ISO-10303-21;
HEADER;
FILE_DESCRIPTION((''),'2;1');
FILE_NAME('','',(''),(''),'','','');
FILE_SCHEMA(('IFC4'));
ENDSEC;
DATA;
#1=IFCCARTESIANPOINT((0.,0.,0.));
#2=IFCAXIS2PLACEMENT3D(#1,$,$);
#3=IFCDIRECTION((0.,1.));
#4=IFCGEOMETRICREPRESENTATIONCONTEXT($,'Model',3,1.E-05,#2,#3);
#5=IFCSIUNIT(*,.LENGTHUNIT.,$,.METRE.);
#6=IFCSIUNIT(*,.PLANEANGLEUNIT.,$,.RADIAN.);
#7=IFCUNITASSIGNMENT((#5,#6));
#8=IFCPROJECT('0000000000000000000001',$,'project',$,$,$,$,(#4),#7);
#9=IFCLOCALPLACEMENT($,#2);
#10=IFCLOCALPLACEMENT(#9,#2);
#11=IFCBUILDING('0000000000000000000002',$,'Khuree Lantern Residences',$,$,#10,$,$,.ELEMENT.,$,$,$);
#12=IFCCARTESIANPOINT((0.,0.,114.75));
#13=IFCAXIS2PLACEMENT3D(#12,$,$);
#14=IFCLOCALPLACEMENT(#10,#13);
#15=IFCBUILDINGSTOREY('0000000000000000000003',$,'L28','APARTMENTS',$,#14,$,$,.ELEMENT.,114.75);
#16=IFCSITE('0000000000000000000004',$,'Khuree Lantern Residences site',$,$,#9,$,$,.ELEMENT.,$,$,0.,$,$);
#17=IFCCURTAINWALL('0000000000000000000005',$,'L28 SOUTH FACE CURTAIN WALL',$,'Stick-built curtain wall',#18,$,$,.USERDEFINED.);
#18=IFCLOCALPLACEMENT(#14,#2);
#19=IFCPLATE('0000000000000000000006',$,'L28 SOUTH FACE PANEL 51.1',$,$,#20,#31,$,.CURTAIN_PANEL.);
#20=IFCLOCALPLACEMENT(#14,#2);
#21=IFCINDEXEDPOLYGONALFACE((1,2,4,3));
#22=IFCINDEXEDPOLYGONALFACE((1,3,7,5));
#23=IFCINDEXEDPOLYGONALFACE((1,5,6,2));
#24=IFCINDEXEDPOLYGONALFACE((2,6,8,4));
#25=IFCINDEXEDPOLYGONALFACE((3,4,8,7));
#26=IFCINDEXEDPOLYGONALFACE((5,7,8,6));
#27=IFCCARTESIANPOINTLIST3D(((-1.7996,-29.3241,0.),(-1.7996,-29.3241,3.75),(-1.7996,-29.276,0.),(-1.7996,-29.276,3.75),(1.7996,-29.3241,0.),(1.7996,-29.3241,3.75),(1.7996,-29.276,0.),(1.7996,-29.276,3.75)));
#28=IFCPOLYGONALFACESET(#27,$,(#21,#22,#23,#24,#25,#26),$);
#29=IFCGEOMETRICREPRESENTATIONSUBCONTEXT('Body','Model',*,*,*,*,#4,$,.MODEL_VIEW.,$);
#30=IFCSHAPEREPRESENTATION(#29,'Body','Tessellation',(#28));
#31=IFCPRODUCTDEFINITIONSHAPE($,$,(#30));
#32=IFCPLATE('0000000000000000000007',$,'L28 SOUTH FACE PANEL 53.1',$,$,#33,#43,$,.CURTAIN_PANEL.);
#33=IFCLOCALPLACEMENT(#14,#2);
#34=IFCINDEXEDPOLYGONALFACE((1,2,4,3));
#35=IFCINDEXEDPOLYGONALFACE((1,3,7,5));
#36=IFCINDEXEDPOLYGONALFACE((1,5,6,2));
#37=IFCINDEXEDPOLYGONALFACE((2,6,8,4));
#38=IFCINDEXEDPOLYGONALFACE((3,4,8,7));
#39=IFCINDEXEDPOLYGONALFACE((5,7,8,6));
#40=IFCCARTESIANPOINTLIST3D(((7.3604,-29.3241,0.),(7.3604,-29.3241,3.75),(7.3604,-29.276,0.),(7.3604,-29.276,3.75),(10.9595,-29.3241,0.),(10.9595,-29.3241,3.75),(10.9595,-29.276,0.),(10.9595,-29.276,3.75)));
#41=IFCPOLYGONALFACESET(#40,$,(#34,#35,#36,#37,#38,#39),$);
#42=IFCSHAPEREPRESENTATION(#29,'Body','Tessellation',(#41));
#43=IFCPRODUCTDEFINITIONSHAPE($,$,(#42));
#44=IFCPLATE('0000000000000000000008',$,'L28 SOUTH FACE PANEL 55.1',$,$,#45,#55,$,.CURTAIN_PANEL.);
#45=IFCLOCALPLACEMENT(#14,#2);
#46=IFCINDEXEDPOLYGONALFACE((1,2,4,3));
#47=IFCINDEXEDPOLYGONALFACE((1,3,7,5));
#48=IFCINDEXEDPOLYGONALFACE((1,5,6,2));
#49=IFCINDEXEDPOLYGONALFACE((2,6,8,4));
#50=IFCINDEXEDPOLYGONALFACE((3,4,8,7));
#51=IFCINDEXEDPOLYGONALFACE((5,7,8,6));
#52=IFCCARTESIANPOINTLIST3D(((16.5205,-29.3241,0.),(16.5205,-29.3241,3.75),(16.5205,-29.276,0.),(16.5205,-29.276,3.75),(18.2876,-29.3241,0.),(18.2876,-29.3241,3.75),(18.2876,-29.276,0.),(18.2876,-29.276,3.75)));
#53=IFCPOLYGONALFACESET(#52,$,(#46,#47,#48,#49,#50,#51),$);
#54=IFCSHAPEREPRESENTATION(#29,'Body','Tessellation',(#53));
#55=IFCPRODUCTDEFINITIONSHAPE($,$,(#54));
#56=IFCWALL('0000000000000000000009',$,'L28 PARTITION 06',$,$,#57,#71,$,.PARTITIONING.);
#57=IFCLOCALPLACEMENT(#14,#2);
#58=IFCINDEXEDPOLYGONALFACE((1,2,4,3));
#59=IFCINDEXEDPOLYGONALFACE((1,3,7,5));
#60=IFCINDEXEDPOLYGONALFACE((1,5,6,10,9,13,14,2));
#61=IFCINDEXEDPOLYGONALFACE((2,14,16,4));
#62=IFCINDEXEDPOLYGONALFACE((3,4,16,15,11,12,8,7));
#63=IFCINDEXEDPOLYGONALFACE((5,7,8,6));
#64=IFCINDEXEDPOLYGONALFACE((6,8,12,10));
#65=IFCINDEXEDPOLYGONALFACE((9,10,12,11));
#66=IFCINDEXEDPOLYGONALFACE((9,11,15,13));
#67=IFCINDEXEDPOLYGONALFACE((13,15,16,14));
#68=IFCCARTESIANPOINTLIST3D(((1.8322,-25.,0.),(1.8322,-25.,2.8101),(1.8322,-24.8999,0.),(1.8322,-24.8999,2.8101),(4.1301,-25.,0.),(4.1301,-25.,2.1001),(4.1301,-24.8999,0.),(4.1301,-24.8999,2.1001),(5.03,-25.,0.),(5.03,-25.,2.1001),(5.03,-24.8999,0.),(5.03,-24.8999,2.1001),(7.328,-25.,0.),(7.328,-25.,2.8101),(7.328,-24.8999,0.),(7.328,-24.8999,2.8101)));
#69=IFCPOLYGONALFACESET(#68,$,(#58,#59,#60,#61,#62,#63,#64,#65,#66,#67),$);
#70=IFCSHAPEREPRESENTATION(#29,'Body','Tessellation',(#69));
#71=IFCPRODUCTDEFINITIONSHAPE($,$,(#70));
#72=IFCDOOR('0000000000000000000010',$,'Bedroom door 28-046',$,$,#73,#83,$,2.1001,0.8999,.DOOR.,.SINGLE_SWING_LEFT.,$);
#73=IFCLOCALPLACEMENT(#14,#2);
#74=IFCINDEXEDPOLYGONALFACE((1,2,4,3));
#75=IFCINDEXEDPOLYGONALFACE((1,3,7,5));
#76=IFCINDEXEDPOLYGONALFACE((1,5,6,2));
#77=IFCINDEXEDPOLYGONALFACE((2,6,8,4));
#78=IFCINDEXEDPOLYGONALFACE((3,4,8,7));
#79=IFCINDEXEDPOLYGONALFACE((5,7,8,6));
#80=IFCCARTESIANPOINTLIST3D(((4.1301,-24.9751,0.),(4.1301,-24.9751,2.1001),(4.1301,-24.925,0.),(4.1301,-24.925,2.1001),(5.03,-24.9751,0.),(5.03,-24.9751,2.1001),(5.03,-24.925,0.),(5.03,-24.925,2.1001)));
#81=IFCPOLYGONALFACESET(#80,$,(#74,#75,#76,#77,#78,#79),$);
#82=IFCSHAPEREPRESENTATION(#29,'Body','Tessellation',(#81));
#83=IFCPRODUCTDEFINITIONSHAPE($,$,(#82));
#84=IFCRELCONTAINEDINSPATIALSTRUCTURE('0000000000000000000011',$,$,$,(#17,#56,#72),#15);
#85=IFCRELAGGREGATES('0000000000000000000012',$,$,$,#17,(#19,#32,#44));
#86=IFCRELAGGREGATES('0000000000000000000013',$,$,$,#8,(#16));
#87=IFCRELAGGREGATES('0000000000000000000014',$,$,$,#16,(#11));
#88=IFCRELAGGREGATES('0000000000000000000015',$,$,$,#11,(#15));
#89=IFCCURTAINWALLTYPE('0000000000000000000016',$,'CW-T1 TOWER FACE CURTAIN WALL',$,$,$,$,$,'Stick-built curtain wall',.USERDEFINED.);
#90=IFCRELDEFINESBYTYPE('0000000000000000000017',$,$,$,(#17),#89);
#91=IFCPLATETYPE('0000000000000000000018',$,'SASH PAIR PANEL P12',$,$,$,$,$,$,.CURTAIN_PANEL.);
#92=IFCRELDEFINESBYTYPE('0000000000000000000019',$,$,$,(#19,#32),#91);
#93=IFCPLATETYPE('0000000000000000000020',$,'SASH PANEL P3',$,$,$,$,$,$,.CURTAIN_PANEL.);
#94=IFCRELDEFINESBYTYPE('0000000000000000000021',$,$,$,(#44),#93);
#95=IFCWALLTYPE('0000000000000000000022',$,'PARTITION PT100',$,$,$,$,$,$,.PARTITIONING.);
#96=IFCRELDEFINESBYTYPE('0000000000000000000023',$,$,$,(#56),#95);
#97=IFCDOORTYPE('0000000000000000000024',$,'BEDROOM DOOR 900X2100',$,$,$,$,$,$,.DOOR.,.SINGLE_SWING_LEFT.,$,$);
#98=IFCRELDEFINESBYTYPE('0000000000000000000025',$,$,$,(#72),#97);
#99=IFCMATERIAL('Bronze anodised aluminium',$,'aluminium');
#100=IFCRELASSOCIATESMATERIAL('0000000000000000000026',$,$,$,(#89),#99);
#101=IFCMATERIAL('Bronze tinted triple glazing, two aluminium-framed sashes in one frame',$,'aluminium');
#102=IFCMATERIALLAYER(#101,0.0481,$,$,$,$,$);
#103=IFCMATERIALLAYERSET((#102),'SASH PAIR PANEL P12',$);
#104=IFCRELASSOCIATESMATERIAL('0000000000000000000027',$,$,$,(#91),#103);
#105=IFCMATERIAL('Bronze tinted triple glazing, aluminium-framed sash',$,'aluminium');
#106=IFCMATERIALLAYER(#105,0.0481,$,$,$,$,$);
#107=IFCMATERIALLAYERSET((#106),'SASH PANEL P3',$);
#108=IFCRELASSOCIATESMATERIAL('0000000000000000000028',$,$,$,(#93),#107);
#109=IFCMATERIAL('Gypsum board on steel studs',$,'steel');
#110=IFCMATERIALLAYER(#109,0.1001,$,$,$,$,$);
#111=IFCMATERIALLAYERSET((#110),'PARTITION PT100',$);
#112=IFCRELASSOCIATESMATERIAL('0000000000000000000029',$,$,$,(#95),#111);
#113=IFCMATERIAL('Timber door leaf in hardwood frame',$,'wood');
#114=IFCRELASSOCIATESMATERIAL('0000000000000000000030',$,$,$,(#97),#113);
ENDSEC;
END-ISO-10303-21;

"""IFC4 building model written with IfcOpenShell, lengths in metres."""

from ifc_helpers import new_model, si_unit, direction, frame, frame_2d, origin, origin_2d, place, context, subcontext, project, spatial, rectangle, extrude, material, layer, layer_set, type_object, element, fill, aggregate, save


model = new_model("IFC4")

# Units and contexts
model_context = context("Model", 3, precision=1e-05, world=origin(), true_north=direction((0.0, 1.0)))
body_context = subcontext(model_context, "Body", "Model", "MODEL_VIEW")
ifc_project = project(units=[si_unit("LENGTHUNIT", "METRE"), si_unit("PLANEANGLEUNIT", "RADIAN")], contexts=[model_context])

# Site, building, storey
site_placement = place(None, origin())
site = spatial("IfcSite", under=ifc_project, at=site_placement, Name="Khuree Lantern Residences site", CompositionType="ELEMENT", RefElevation=0.0)
building_placement = place(site_placement, origin())
building = spatial("IfcBuilding", under=site, at=building_placement, Name="Khuree Lantern Residences", CompositionType="ELEMENT")
storey_placement = place(building_placement, frame((0.0, 0.0, 114.75)))
storey = spatial("IfcBuildingStorey", under=building, at=storey_placement, Name="L28", Description="APARTMENTS", CompositionType="ELEMENT", Elevation=114.75)

# Curtain wall
ifc_material_1 = material(Name="Bronze anodised aluminium", Category="aluminium")
curtain_wall_type = type_object("IfcCurtainWallType", Name="CW-T1 TOWER FACE CURTAIN WALL", ElementType="Stick-built curtain wall", PredefinedType="USERDEFINED", material=ifc_material_1)
curtain_wall_placement = place(storey_placement, origin())
curtain_wall = element("IfcCurtainWall", 1, at=curtain_wall_placement, inside=storey, type_object=curtain_wall_type, Name="L28 SOUTH FACE CURTAIN WALL", ObjectType="Stick-built curtain wall", PredefinedType="USERDEFINED")

# Plates
ifc_material_2 = material(Name="Bronze tinted triple glazing, two aluminium-framed sashes in one frame", Category="aluminium")
ifc_layer_1 = layer(ifc_material_2, 0.0481)
ifc_layer_set_1 = layer_set([ifc_layer_1], Name="SASH PAIR PANEL P12")
plate_type_1 = type_object("IfcPlateType", Name="SASH PAIR PANEL P12", PredefinedType="CURTAIN_PANEL", material=ifc_layer_set_1)
plate_1_placement = place(storey_placement, frame((0.0, -29.3, 0.0), z_axis=(0.0, 0.0, 1.0), x_axis=(1.0, 0.0, 0.0)))
plate_1 = element("IfcPlate", 2, at=plate_1_placement, type_object=plate_type_1, Name="L28 SOUTH FACE PANEL 51.1", PredefinedType="CURTAIN_PANEL", context=body_context, shape_type="SweptSolid", body=[
    extrude(rectangle(XDim=3.5991, YDim=0.0481, at=origin_2d()), origin(), (0.0, 0.0, 1.0), 3.75),
])
plate_2_placement = place(storey_placement, frame((9.1599, -29.3, 0.0), z_axis=(0.0, 0.0, 1.0), x_axis=(1.0, 0.0, 0.0)))
plate_2 = element("IfcPlate", 3, at=plate_2_placement, type_object=plate_type_1, Name="L28 SOUTH FACE PANEL 53.1", PredefinedType="CURTAIN_PANEL", context=body_context, shape_type="SweptSolid", body=[
    extrude(rectangle(XDim=3.5991, YDim=0.0481, at=origin_2d()), origin(), (0.0, 0.0, 1.0), 3.75),
])
ifc_material_3 = material(Name="Bronze tinted triple glazing, aluminium-framed sash", Category="aluminium")
ifc_layer_2 = layer(ifc_material_3, 0.0481)
ifc_layer_set_2 = layer_set([ifc_layer_2], Name="SASH PANEL P3")
plate_type_2 = type_object("IfcPlateType", Name="SASH PANEL P3", PredefinedType="CURTAIN_PANEL", material=ifc_layer_set_2)
plate_3_placement = place(storey_placement, frame((17.4041, -29.3, 0.0), z_axis=(0.0, 0.0, 1.0), x_axis=(1.0, 0.0, 0.0)))
plate_3 = element("IfcPlate", 4, at=plate_3_placement, type_object=plate_type_2, Name="L28 SOUTH FACE PANEL 55.1", PredefinedType="CURTAIN_PANEL", context=body_context, shape_type="SweptSolid", body=[
    extrude(rectangle(XDim=1.7671, YDim=0.0481, at=origin_2d()), origin(), (0.0, 0.0, 1.0), 3.75),
])
aggregate(curtain_wall, [plate_1, plate_2, plate_3])

# Wall, opening, door
ifc_material_4 = material(Name="Gypsum board on steel studs", Category="steel")
ifc_layer_3 = layer(ifc_material_4, 0.1001)
ifc_layer_set_3 = layer_set([ifc_layer_3], Name="PARTITION PT100")
wall_type = type_object("IfcWallType", Name="PARTITION PT100", PredefinedType="PARTITIONING", material=ifc_layer_set_3)
wall_placement = place(storey_placement, frame((1.832, -24.95, 0.0), z_axis=(0.0, 0.0, 1.0), x_axis=(1.0, 0.0, 0.0)))
wall = element("IfcWall", 5, at=wall_placement, inside=storey, type_object=wall_type, Name="L28 PARTITION 06", PredefinedType="PARTITIONING", context=body_context, shape_type="SweptSolid", body=[
    extrude(rectangle(XDim=5.4958, YDim=0.1001, at=frame_2d((2.748, 0.0))), origin(), (0.0, 0.0, 1.0), 2.8101),
])
opening_placement = place(wall_placement, frame((2.2981, 0.0, 0.0)))
opening = element("IfcOpeningElement", 6, at=opening_placement, cuts=wall, PredefinedType="OPENING", context=body_context, shape_type="SweptSolid", body=[
    extrude(rectangle(XDim=0.8999, YDim=2.1001, at=frame_2d((0.45, 1.05))), frame((0.0, 0.0601, 0.0), z_axis=(0.0, -1.0, 0.0), x_axis=(1.0, 0.0, 0.0)), (0.0, 0.0, 1.0), 0.1201),
])
ifc_material_5 = material(Name="Timber door leaf in hardwood frame", Category="wood")
door_type = type_object("IfcDoorType", Name="BEDROOM DOOR 900X2100", OperationType="SINGLE_SWING_LEFT", PredefinedType="DOOR", material=ifc_material_5)
door_placement = place(opening_placement, origin())
door = element("IfcDoor", 7, at=door_placement, inside=storey, type_object=door_type, Name="Bedroom door 28-046", OperationType="SINGLE_SWING_LEFT", OverallHeight=2.1001, OverallWidth=0.8999, PredefinedType="DOOR", context=body_context, shape_type="SweptSolid", body=[
    extrude(rectangle(XDim=0.8999, YDim=2.1001, at=frame_2d((0.45, 1.05))), frame((0.0, 0.0249, 0.0), z_axis=(0.0, -1.0, 0.0), x_axis=(1.0, 0.0, 0.0)), (0.0, 0.0, 1.0), 0.05),
])
fill(opening, door)

save(model, "model.ifc")
